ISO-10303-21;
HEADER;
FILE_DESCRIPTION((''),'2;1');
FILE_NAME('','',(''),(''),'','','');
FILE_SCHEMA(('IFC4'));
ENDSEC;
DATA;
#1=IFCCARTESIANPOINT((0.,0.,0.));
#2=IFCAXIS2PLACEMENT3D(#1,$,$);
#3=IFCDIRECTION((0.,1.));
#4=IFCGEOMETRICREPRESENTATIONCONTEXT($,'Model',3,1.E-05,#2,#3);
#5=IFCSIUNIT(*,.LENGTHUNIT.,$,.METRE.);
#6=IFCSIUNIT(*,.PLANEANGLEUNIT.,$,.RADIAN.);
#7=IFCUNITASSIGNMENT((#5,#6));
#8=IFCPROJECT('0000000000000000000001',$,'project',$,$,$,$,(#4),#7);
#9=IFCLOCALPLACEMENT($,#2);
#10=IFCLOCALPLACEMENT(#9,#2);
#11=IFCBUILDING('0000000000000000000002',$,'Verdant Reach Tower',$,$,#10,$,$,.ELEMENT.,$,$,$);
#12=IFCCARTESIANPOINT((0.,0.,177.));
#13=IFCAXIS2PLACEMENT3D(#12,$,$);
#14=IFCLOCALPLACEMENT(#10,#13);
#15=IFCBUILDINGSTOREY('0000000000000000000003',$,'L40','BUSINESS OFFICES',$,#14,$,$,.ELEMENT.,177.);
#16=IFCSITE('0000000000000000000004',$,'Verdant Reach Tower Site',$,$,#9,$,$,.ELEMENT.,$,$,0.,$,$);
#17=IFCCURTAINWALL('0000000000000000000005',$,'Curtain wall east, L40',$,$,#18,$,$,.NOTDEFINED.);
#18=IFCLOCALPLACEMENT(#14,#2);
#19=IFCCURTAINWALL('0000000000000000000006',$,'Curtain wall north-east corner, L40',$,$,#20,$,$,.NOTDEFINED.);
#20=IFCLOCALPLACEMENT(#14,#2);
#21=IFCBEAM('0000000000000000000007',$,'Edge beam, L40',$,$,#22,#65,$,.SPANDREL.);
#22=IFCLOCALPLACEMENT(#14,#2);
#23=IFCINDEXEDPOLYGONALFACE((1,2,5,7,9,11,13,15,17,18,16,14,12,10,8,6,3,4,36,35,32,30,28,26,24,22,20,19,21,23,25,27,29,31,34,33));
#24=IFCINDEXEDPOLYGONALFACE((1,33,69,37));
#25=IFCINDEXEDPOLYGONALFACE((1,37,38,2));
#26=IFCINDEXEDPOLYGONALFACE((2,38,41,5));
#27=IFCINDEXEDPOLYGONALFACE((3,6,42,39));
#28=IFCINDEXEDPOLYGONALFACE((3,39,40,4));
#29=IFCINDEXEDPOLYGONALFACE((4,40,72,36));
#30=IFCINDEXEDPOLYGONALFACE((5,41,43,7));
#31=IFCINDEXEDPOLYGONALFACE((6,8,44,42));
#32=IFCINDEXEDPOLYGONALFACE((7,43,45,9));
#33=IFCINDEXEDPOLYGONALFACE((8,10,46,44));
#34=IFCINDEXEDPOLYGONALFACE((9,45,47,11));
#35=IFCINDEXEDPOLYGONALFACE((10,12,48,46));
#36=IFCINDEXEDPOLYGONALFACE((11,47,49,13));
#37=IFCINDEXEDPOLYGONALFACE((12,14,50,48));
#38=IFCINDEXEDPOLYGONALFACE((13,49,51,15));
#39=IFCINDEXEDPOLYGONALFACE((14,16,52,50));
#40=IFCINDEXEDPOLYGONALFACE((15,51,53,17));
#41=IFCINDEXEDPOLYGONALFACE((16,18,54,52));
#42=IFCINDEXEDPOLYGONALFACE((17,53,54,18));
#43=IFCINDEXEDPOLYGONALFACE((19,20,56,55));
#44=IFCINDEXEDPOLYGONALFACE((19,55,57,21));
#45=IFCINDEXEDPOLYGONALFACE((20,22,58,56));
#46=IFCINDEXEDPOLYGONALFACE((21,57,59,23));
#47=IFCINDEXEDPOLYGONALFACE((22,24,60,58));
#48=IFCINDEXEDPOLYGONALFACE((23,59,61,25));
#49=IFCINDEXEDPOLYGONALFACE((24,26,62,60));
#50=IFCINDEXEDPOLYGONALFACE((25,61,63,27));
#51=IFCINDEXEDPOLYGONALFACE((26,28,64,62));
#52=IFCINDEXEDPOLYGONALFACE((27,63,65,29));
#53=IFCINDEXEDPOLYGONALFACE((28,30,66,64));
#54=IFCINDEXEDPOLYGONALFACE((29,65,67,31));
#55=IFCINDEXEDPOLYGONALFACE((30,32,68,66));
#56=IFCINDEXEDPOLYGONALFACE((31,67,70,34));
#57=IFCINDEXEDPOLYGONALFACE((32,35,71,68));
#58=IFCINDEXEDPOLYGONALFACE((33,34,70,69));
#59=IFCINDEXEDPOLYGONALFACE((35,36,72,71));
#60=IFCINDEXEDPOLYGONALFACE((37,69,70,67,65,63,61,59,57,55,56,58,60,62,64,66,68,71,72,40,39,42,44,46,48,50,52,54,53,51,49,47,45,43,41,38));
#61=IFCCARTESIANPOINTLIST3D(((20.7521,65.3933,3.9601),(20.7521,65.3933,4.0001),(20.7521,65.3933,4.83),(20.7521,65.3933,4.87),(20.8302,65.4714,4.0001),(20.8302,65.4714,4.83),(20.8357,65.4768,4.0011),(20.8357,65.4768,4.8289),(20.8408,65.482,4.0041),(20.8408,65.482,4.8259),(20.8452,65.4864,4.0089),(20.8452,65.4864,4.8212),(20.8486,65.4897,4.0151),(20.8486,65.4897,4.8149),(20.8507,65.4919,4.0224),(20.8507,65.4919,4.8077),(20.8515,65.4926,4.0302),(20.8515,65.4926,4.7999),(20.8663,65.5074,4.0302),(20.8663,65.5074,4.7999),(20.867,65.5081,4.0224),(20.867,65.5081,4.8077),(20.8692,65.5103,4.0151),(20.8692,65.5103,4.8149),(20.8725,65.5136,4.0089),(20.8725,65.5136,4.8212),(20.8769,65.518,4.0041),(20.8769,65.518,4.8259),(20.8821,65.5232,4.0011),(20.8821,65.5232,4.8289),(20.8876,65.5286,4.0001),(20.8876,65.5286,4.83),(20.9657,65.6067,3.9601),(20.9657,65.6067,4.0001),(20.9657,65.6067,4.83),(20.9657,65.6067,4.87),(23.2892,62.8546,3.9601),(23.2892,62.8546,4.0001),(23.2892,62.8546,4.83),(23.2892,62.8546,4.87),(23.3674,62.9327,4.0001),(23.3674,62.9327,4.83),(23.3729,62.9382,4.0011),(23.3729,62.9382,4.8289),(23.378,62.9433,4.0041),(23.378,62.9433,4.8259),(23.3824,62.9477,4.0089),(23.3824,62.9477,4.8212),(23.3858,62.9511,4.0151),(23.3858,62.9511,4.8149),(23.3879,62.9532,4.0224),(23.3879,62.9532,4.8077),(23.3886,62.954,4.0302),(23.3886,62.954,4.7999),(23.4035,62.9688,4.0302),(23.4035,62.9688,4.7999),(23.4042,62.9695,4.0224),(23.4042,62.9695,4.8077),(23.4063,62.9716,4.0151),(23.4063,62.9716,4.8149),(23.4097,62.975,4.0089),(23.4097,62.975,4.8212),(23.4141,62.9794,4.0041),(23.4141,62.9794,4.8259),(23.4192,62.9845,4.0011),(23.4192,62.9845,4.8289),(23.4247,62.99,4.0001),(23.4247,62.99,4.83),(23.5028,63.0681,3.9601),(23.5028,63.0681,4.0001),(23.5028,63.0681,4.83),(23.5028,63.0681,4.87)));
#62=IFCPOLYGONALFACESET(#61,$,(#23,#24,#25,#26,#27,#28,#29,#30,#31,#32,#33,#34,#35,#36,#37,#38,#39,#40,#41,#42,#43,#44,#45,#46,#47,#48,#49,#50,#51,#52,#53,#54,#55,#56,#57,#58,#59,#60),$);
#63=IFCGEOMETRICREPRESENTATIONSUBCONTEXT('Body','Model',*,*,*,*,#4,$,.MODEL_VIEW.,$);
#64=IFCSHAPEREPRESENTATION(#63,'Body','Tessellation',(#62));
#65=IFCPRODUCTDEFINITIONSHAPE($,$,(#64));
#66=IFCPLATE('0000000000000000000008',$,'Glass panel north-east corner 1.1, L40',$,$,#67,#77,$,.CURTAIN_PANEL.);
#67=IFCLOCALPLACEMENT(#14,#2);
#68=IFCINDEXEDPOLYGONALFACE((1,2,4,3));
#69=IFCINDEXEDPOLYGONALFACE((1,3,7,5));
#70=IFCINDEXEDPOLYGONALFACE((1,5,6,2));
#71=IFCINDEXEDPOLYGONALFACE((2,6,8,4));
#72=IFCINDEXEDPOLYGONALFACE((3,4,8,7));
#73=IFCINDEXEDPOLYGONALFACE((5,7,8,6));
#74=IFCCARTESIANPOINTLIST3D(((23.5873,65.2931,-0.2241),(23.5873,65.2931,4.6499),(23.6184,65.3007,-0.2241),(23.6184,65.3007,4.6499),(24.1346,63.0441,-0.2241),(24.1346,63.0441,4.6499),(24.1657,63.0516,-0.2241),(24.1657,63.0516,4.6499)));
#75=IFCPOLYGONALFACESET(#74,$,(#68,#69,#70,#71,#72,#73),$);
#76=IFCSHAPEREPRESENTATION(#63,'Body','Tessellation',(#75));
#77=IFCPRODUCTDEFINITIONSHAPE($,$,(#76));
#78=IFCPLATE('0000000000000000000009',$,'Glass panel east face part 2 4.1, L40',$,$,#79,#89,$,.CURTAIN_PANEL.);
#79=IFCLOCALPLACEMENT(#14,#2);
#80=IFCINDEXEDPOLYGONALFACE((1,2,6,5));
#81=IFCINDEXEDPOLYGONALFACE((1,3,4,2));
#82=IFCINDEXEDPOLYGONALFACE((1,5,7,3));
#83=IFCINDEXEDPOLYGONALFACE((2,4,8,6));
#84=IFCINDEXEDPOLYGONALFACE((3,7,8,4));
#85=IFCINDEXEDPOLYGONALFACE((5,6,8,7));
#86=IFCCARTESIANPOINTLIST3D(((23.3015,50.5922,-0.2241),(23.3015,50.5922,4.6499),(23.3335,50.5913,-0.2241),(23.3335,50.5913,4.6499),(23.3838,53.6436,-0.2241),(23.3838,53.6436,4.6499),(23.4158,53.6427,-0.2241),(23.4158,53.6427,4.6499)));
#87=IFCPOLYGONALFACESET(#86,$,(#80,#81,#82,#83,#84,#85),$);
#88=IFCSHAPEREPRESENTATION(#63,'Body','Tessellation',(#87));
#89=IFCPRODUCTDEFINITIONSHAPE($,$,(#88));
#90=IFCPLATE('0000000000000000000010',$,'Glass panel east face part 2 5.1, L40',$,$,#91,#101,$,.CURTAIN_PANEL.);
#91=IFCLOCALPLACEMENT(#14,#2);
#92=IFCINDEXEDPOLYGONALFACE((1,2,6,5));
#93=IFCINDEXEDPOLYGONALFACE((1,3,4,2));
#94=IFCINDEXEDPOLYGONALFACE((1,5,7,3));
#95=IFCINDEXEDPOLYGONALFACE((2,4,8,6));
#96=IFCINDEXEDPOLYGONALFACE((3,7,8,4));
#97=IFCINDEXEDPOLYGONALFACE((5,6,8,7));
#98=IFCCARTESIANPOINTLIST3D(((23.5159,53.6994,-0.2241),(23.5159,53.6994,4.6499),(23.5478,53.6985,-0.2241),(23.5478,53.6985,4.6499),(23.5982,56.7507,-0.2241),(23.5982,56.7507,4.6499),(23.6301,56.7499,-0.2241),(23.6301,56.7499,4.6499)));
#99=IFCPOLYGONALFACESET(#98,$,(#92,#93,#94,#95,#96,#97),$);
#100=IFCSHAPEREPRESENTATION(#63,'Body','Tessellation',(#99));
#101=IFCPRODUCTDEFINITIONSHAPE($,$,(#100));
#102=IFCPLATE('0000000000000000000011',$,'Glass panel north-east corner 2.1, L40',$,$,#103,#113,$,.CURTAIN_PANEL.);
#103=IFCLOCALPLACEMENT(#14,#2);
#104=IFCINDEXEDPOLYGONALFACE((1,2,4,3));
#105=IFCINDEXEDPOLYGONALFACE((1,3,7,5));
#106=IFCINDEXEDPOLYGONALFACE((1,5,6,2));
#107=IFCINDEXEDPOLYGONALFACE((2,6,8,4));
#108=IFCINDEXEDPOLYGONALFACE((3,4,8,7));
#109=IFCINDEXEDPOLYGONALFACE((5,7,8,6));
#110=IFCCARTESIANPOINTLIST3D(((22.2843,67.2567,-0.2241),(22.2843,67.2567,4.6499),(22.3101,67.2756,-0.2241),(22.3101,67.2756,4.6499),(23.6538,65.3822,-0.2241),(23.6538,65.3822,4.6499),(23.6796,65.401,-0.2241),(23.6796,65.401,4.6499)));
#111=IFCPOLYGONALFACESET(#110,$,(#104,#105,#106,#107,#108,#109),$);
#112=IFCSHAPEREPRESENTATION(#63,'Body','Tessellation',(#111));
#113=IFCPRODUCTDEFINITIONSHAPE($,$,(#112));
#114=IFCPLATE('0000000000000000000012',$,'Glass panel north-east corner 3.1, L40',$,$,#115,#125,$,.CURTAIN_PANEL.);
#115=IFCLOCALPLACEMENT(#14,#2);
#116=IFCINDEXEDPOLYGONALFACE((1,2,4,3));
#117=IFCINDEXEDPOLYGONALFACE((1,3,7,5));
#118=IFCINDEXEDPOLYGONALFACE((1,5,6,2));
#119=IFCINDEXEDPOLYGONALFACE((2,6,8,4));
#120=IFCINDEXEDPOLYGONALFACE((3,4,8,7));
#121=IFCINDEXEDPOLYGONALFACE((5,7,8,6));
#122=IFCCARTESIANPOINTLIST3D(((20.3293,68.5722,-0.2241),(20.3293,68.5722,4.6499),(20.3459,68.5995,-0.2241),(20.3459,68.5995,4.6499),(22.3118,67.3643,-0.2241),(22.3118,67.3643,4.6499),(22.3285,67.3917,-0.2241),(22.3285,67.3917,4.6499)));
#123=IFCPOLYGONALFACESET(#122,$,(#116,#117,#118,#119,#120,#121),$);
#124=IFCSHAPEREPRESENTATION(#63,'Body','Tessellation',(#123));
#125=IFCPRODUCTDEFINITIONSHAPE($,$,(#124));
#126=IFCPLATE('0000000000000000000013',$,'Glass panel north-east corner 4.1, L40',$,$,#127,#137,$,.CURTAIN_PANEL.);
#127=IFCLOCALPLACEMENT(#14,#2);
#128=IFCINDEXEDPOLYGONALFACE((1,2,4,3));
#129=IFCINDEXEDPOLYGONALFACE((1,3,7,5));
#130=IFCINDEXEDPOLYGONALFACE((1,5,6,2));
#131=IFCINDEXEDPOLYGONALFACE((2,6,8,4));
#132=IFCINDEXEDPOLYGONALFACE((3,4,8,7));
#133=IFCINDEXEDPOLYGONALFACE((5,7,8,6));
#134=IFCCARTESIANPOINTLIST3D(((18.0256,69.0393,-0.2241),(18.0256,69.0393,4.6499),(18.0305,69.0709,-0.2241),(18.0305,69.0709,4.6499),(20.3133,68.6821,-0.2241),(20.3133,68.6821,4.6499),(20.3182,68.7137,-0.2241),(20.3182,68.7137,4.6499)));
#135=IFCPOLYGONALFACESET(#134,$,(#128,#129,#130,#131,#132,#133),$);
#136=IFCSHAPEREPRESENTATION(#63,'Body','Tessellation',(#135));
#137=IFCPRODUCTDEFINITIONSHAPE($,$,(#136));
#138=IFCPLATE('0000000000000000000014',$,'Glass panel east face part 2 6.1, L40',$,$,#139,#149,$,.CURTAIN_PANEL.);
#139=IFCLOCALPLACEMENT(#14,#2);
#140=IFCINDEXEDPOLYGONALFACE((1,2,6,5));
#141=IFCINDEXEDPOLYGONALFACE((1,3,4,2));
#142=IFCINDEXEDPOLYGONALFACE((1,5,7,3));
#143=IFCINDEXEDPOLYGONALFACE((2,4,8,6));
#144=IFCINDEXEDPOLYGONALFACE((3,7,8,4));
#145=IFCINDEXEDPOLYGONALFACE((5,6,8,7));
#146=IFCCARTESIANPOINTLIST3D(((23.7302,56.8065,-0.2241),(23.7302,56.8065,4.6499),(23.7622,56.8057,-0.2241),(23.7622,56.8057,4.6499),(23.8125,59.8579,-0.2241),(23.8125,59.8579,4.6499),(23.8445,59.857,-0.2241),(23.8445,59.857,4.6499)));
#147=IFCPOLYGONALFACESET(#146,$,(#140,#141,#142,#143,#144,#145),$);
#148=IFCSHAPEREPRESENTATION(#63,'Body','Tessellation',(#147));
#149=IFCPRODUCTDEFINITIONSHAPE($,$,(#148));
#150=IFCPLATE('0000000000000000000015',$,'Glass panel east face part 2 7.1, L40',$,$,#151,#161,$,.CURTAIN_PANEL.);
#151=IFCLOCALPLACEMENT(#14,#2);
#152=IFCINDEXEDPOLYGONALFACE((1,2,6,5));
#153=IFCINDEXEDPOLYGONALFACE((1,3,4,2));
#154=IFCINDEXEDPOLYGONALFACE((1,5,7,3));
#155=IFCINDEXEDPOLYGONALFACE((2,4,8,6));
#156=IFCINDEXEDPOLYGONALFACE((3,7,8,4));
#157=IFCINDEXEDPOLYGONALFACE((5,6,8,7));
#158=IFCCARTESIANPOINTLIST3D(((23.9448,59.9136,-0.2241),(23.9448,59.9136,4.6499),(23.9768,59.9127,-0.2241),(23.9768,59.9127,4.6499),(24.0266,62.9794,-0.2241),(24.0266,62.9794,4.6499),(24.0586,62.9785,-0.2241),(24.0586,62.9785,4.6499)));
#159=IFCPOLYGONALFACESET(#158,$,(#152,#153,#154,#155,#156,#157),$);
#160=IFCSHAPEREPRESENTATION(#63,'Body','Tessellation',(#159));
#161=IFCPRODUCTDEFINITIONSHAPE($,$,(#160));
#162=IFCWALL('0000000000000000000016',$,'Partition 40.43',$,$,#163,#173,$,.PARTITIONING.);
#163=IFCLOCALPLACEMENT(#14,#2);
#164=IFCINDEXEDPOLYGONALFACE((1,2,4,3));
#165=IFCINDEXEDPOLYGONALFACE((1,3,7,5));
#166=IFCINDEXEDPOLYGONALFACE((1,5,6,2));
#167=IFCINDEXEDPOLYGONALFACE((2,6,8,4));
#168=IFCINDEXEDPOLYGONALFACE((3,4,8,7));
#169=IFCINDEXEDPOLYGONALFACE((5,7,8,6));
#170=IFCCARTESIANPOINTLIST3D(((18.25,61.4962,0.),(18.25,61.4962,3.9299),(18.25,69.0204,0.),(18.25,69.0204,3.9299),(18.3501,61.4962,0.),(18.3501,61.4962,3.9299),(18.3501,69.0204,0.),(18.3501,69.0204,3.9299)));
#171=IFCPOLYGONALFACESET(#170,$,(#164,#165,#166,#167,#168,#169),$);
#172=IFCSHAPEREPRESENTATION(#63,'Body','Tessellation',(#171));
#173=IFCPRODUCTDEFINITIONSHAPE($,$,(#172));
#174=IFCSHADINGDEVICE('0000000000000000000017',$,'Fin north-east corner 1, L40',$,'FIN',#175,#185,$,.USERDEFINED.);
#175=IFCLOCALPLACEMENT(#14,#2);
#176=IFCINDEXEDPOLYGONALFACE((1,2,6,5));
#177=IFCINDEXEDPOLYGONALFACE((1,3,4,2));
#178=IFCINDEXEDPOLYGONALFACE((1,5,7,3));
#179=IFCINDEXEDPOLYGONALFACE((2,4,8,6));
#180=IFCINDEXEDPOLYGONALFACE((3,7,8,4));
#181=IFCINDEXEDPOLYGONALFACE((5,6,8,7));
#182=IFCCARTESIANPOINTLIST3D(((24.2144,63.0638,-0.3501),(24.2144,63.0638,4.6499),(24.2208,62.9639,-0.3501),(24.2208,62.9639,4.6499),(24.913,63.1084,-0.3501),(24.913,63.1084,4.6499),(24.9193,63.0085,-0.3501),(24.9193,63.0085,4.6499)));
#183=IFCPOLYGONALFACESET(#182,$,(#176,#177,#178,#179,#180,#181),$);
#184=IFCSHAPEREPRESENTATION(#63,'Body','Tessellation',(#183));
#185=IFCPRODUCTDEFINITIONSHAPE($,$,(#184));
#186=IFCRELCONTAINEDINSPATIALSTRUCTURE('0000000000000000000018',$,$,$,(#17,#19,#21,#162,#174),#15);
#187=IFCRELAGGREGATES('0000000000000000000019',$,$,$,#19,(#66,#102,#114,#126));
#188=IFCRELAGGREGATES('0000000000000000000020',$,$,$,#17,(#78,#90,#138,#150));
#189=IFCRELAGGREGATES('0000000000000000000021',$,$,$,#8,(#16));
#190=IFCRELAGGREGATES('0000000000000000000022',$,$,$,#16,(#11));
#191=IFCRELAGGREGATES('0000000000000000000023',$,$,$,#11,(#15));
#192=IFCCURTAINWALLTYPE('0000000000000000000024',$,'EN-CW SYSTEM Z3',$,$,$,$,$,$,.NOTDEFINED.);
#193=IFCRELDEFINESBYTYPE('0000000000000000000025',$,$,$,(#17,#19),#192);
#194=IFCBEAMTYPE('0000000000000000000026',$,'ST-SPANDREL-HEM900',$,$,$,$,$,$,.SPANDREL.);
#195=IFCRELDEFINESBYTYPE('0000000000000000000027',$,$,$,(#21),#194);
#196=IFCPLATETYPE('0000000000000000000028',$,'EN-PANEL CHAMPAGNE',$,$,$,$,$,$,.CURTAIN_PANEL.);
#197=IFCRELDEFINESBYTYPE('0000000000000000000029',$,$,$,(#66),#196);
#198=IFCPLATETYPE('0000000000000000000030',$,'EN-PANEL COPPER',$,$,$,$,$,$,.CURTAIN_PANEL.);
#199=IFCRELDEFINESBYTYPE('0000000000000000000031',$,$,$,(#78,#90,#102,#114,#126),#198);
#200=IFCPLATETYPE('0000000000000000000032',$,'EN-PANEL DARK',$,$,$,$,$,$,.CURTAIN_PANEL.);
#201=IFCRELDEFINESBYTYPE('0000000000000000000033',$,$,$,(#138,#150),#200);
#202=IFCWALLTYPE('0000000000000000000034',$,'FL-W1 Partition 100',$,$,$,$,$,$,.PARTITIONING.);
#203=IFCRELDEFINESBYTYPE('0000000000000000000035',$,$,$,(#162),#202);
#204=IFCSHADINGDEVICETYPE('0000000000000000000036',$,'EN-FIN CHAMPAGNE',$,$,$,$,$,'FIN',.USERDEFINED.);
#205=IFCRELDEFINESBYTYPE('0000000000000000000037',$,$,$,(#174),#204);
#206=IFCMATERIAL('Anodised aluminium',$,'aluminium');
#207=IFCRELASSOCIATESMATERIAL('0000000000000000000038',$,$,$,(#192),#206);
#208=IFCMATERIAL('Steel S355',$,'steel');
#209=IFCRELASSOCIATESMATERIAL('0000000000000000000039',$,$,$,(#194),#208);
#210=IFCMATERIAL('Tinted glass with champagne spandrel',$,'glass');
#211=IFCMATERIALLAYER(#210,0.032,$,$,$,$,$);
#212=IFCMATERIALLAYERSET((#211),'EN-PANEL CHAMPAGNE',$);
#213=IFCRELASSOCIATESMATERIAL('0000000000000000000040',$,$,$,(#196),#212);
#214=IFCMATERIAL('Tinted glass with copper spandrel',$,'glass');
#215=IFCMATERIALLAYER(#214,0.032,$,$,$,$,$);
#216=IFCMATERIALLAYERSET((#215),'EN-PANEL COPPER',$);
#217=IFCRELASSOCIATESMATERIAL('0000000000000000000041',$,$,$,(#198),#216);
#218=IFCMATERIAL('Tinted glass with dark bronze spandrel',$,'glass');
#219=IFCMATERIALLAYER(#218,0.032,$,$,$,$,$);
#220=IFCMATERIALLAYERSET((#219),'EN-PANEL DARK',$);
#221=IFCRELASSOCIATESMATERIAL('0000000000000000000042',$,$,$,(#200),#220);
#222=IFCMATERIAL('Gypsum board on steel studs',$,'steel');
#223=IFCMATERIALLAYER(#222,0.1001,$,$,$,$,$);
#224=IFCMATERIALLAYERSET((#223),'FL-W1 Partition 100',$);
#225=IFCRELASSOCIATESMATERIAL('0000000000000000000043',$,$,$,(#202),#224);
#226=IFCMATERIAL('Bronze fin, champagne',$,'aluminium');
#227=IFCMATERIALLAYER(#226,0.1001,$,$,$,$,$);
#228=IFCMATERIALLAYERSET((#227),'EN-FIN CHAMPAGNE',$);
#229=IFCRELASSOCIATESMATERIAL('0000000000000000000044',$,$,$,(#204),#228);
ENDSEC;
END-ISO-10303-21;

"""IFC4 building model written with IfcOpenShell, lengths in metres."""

from ifc_helpers import new_model, si_unit, direction, frame, frame_2d, origin, origin_2d, place, context, subcontext, project, spatial, rectangle, i_section, extrude, material, layer, layer_set, material_profile, profile_set, type_object, element, aggregate, save


model = new_model("IFC4")

# Units and contexts
model_context = context("Model", 3, precision=1e-05, world=origin(), true_north=direction((0.0, 1.0)))
body_context = subcontext(model_context, "Body", "Model", "MODEL_VIEW")
ifc_project = project(units=[si_unit("LENGTHUNIT", "METRE"), si_unit("PLANEANGLEUNIT", "RADIAN")], contexts=[model_context])

# Site, building, storey
site_placement = place(None, origin())
site = spatial("IfcSite", under=ifc_project, at=site_placement, Name="Verdant Reach Tower Site", CompositionType="ELEMENT", RefElevation=0.0)
building_placement = place(site_placement, origin())
building = spatial("IfcBuilding", under=site, at=building_placement, Name="Verdant Reach Tower", CompositionType="ELEMENT")
storey_placement = place(building_placement, frame((0.0, 0.0, 177.0)))
storey = spatial("IfcBuildingStorey", under=building, at=storey_placement, Name="L40", Description="BUSINESS OFFICES", CompositionType="ELEMENT", Elevation=177.0)

# Curtain walls
ifc_material_1 = material(Name="Anodised aluminium", Category="aluminium")
curtain_wall_type = type_object("IfcCurtainWallType", Name="EN-CW SYSTEM Z3", PredefinedType="NOTDEFINED", material=ifc_material_1)
curtain_wall_1_placement = place(storey_placement, origin())
curtain_wall_1 = element("IfcCurtainWall", 1, at=curtain_wall_1_placement, inside=storey, type_object=curtain_wall_type, Name="Curtain wall east, L40", PredefinedType="NOTDEFINED")
curtain_wall_2_placement = place(storey_placement, origin())
curtain_wall_2 = element("IfcCurtainWall", 2, at=curtain_wall_2_placement, inside=storey, type_object=curtain_wall_type, Name="Curtain wall north-east corner, L40", PredefinedType="NOTDEFINED")

# Beam
ifc_material_2 = material(Name="Steel S355", Category="steel")
ifc_material_profile_1 = material_profile(ifc_material_2, i_section(OverallWidth=0.302, OverallDepth=0.9099, WebThickness=0.021, FlangeThickness=0.04, FilletRadius=0.03, at=origin_2d()), Name="HEM 900")
ifc_profile_set_1 = profile_set([ifc_material_profile_1], Name="Steel S355")
beam_type_1 = type_object("IfcBeamType", Name="ST-SPANDREL-HEM900", PredefinedType="SPANDREL", material=ifc_profile_set_1)
beam_1_placement = place(storey_placement, frame((20.8589, 65.5, 4.415), z_axis=(0.706903, -0.707311, 0.0), x_axis=(0.707311, 0.706903, 0.0)))
element("IfcBeam", 3, at=beam_1_placement, inside=storey, type_object=beam_type_1, Name="Edge beam, L40", PredefinedType="SPANDREL", context=body_context, shape_type="SweptSolid", body=[
    extrude(i_section(OverallWidth=0.302, OverallDepth=0.9099, WebThickness=0.021, FlangeThickness=0.04, FilletRadius=0.03, at=origin_2d()), origin(), (0.0, 0.0, 1.0), 3.5891),
])

# Plates
ifc_material_3 = material(Name="Tinted glass with champagne spandrel", Category="glass")
ifc_layer_1 = layer(ifc_material_3, 0.032)
ifc_layer_set_1 = layer_set([ifc_layer_1], Name="EN-PANEL CHAMPAGNE")
plate_type_1 = type_object("IfcPlateType", Name="EN-PANEL CHAMPAGNE", PredefinedType="CURTAIN_PANEL", material=ifc_layer_set_1)
plate_1_placement = place(storey_placement, frame((23.8765, 64.1724, -0.2241), z_axis=(0.0, 0.0, 1.0), x_axis=(-0.236446, 0.971645, 0.0)))
plate_1 = element("IfcPlate", 4, at=plate_1_placement, type_object=plate_type_1, Name="Glass panel north-east corner 1.1, L40", PredefinedType="CURTAIN_PANEL", context=body_context, shape_type="SweptSolid", body=[
    extrude(rectangle(XDim=2.3147, YDim=0.032, at=origin_2d()), origin(), (0.0, 0.0, 1.0), 4.874),
])
ifc_material_4 = material(Name="Tinted glass with copper spandrel", Category="glass")
ifc_layer_2 = layer(ifc_material_4, 0.032)
ifc_layer_set_2 = layer_set([ifc_layer_2], Name="EN-PANEL COPPER")
plate_type_2 = type_object("IfcPlateType", Name="EN-PANEL COPPER", PredefinedType="CURTAIN_PANEL", material=ifc_layer_set_2)
plate_2_placement = place(storey_placement, frame((23.3586, 52.1174, -0.2241), z_axis=(0.0, 0.0, 1.0), x_axis=(0.026965, 0.999636, 0.0)))
plate_2 = element("IfcPlate", 5, at=plate_2_placement, type_object=plate_type_2, Name="Glass panel east face part 2 4.1, L40", PredefinedType="CURTAIN_PANEL", context=body_context, shape_type="SweptSolid", body=[
    extrude(rectangle(XDim=3.0525, YDim=0.032, at=origin_2d()), origin(), (0.0, 0.0, 1.0), 4.874),
])
plate_3_placement = place(storey_placement, frame((23.573, 55.2246, -0.2241), z_axis=(0.0, 0.0, 1.0), x_axis=(0.026965, 0.999636, 0.0)))
plate_3 = element("IfcPlate", 6, at=plate_3_placement, type_object=plate_type_2, Name="Glass panel east face part 2 5.1, L40", PredefinedType="CURTAIN_PANEL", context=body_context, shape_type="SweptSolid", body=[
    extrude(rectangle(XDim=3.0525, YDim=0.032, at=origin_2d()), origin(), (0.0, 0.0, 1.0), 4.874),
])
plate_4_placement = place(storey_placement, frame((22.9819, 66.3289, -0.2241), z_axis=(0.0, 0.0, 1.0), x_axis=(-0.589927, 0.807457, 0.0)))
plate_4 = element("IfcPlate", 7, at=plate_4_placement, type_object=plate_type_2, Name="Glass panel north-east corner 2.1, L40", PredefinedType="CURTAIN_PANEL", context=body_context, shape_type="SweptSolid", body=[
    extrude(rectangle(XDim=2.3215, YDim=0.032, at=origin_2d()), origin(), (0.0, 0.0, 1.0), 4.874),
])
plate_5_placement = place(storey_placement, frame((21.3289, 67.9819, -0.2241), z_axis=(0.0, 0.0, 1.0), x_axis=(-0.853989, 0.520292, 0.0)))
plate_5 = element("IfcPlate", 8, at=plate_5_placement, type_object=plate_type_2, Name="Glass panel north-east corner 3.1, L40", PredefinedType="CURTAIN_PANEL", context=body_context, shape_type="SweptSolid", body=[
    extrude(rectangle(XDim=2.3215, YDim=0.032, at=origin_2d()), origin(), (0.0, 0.0, 1.0), 4.874),
])
plate_6_placement = place(storey_placement, frame((19.1719, 68.8765, -0.2241), z_axis=(0.0, 0.0, 1.0), x_axis=(-0.988029, 0.154268, 0.0)))
plate_6 = element("IfcPlate", 9, at=plate_6_placement, type_object=plate_type_2, Name="Glass panel north-east corner 4.1, L40", PredefinedType="CURTAIN_PANEL", context=body_context, shape_type="SweptSolid", body=[
    extrude(rectangle(XDim=2.3154, YDim=0.032, at=origin_2d()), origin(), (0.0, 0.0, 1.0), 4.874),
])
aggregate(curtain_wall_2, [plate_1, plate_4, plate_5, plate_6])
ifc_material_5 = material(Name="Tinted glass with dark bronze spandrel", Category="glass")
ifc_layer_3 = layer(ifc_material_5, 0.032)
ifc_layer_set_3 = layer_set([ifc_layer_3], Name="EN-PANEL DARK")
plate_type_3 = type_object("IfcPlateType", Name="EN-PANEL DARK", PredefinedType="CURTAIN_PANEL", material=ifc_layer_set_3)
plate_7_placement = place(storey_placement, frame((23.7874, 58.3318, -0.2241), z_axis=(0.0, 0.0, 1.0), x_axis=(0.026965, 0.999636, 0.0)))
plate_7 = element("IfcPlate", 10, at=plate_7_placement, type_object=plate_type_3, Name="Glass panel east face part 2 6.1, L40", PredefinedType="CURTAIN_PANEL", context=body_context, shape_type="SweptSolid", body=[
    extrude(rectangle(XDim=3.0525, YDim=0.032, at=origin_2d()), origin(), (0.0, 0.0, 1.0), 4.874),
])
plate_8_placement = place(storey_placement, frame((24.0017, 61.446, -0.2241), z_axis=(0.0, 0.0, 1.0), x_axis=(0.02666, 0.999645, 0.0)))
plate_8 = element("IfcPlate", 11, at=plate_8_placement, type_object=plate_type_3, Name="Glass panel east face part 2 7.1, L40", PredefinedType="CURTAIN_PANEL", context=body_context, shape_type="SweptSolid", body=[
    extrude(rectangle(XDim=3.0669, YDim=0.032, at=origin_2d()), origin(), (0.0, 0.0, 1.0), 4.874),
])
aggregate(curtain_wall_1, [plate_2, plate_3, plate_7, plate_8])

# Wall
ifc_material_6 = material(Name="Gypsum board on steel studs", Category="steel")
ifc_layer_4 = layer(ifc_material_6, 0.1001)
ifc_layer_set_4 = layer_set([ifc_layer_4], Name="FL-W1 Partition 100")
wall_type = type_object("IfcWallType", Name="FL-W1 Partition 100", PredefinedType="PARTITIONING", material=ifc_layer_set_4)
wall_placement = place(storey_placement, frame((18.3, 61.4961, 0.0), z_axis=(0.0, 0.0, 1.0), x_axis=(0.0, 1.0, 0.0)))
element("IfcWall", 12, at=wall_placement, inside=storey, type_object=wall_type, Name="Partition 40.43", PredefinedType="PARTITIONING", context=body_context, shape_type="SweptSolid", body=[
    extrude(rectangle(XDim=7.5242, YDim=0.1001, at=frame_2d((3.7622, 0.0))), origin(), (0.0, 0.0, 1.0), 3.9299),
])

# Shading device
ifc_material_7 = material(Name="Bronze fin, champagne", Category="aluminium")
ifc_layer_5 = layer(ifc_material_7, 0.1001)
ifc_layer_set_5 = layer_set([ifc_layer_5], Name="EN-FIN CHAMPAGNE")
shading_device_type_1 = type_object("IfcShadingDeviceType", Name="EN-FIN CHAMPAGNE", ElementType="FIN", PredefinedType="USERDEFINED", material=ifc_layer_set_5)
shading_device_1_placement = place(storey_placement, frame((24.5669, 63.0361, -0.3501), z_axis=(0.0, 0.0, 1.0), x_axis=(-0.063699, 0.997969, 0.0)))
element("IfcShadingDevice", 13, at=shading_device_1_placement, inside=storey, type_object=shading_device_type_1, Name="Fin north-east corner 1, L40", ObjectType="FIN", PredefinedType="USERDEFINED", context=body_context, shape_type="SweptSolid", body=[
    extrude(rectangle(XDim=0.1001, YDim=0.7, at=origin_2d()), origin(), (0.0, 0.0, 1.0), 5.0),
])

save(model, "model.ifc")
